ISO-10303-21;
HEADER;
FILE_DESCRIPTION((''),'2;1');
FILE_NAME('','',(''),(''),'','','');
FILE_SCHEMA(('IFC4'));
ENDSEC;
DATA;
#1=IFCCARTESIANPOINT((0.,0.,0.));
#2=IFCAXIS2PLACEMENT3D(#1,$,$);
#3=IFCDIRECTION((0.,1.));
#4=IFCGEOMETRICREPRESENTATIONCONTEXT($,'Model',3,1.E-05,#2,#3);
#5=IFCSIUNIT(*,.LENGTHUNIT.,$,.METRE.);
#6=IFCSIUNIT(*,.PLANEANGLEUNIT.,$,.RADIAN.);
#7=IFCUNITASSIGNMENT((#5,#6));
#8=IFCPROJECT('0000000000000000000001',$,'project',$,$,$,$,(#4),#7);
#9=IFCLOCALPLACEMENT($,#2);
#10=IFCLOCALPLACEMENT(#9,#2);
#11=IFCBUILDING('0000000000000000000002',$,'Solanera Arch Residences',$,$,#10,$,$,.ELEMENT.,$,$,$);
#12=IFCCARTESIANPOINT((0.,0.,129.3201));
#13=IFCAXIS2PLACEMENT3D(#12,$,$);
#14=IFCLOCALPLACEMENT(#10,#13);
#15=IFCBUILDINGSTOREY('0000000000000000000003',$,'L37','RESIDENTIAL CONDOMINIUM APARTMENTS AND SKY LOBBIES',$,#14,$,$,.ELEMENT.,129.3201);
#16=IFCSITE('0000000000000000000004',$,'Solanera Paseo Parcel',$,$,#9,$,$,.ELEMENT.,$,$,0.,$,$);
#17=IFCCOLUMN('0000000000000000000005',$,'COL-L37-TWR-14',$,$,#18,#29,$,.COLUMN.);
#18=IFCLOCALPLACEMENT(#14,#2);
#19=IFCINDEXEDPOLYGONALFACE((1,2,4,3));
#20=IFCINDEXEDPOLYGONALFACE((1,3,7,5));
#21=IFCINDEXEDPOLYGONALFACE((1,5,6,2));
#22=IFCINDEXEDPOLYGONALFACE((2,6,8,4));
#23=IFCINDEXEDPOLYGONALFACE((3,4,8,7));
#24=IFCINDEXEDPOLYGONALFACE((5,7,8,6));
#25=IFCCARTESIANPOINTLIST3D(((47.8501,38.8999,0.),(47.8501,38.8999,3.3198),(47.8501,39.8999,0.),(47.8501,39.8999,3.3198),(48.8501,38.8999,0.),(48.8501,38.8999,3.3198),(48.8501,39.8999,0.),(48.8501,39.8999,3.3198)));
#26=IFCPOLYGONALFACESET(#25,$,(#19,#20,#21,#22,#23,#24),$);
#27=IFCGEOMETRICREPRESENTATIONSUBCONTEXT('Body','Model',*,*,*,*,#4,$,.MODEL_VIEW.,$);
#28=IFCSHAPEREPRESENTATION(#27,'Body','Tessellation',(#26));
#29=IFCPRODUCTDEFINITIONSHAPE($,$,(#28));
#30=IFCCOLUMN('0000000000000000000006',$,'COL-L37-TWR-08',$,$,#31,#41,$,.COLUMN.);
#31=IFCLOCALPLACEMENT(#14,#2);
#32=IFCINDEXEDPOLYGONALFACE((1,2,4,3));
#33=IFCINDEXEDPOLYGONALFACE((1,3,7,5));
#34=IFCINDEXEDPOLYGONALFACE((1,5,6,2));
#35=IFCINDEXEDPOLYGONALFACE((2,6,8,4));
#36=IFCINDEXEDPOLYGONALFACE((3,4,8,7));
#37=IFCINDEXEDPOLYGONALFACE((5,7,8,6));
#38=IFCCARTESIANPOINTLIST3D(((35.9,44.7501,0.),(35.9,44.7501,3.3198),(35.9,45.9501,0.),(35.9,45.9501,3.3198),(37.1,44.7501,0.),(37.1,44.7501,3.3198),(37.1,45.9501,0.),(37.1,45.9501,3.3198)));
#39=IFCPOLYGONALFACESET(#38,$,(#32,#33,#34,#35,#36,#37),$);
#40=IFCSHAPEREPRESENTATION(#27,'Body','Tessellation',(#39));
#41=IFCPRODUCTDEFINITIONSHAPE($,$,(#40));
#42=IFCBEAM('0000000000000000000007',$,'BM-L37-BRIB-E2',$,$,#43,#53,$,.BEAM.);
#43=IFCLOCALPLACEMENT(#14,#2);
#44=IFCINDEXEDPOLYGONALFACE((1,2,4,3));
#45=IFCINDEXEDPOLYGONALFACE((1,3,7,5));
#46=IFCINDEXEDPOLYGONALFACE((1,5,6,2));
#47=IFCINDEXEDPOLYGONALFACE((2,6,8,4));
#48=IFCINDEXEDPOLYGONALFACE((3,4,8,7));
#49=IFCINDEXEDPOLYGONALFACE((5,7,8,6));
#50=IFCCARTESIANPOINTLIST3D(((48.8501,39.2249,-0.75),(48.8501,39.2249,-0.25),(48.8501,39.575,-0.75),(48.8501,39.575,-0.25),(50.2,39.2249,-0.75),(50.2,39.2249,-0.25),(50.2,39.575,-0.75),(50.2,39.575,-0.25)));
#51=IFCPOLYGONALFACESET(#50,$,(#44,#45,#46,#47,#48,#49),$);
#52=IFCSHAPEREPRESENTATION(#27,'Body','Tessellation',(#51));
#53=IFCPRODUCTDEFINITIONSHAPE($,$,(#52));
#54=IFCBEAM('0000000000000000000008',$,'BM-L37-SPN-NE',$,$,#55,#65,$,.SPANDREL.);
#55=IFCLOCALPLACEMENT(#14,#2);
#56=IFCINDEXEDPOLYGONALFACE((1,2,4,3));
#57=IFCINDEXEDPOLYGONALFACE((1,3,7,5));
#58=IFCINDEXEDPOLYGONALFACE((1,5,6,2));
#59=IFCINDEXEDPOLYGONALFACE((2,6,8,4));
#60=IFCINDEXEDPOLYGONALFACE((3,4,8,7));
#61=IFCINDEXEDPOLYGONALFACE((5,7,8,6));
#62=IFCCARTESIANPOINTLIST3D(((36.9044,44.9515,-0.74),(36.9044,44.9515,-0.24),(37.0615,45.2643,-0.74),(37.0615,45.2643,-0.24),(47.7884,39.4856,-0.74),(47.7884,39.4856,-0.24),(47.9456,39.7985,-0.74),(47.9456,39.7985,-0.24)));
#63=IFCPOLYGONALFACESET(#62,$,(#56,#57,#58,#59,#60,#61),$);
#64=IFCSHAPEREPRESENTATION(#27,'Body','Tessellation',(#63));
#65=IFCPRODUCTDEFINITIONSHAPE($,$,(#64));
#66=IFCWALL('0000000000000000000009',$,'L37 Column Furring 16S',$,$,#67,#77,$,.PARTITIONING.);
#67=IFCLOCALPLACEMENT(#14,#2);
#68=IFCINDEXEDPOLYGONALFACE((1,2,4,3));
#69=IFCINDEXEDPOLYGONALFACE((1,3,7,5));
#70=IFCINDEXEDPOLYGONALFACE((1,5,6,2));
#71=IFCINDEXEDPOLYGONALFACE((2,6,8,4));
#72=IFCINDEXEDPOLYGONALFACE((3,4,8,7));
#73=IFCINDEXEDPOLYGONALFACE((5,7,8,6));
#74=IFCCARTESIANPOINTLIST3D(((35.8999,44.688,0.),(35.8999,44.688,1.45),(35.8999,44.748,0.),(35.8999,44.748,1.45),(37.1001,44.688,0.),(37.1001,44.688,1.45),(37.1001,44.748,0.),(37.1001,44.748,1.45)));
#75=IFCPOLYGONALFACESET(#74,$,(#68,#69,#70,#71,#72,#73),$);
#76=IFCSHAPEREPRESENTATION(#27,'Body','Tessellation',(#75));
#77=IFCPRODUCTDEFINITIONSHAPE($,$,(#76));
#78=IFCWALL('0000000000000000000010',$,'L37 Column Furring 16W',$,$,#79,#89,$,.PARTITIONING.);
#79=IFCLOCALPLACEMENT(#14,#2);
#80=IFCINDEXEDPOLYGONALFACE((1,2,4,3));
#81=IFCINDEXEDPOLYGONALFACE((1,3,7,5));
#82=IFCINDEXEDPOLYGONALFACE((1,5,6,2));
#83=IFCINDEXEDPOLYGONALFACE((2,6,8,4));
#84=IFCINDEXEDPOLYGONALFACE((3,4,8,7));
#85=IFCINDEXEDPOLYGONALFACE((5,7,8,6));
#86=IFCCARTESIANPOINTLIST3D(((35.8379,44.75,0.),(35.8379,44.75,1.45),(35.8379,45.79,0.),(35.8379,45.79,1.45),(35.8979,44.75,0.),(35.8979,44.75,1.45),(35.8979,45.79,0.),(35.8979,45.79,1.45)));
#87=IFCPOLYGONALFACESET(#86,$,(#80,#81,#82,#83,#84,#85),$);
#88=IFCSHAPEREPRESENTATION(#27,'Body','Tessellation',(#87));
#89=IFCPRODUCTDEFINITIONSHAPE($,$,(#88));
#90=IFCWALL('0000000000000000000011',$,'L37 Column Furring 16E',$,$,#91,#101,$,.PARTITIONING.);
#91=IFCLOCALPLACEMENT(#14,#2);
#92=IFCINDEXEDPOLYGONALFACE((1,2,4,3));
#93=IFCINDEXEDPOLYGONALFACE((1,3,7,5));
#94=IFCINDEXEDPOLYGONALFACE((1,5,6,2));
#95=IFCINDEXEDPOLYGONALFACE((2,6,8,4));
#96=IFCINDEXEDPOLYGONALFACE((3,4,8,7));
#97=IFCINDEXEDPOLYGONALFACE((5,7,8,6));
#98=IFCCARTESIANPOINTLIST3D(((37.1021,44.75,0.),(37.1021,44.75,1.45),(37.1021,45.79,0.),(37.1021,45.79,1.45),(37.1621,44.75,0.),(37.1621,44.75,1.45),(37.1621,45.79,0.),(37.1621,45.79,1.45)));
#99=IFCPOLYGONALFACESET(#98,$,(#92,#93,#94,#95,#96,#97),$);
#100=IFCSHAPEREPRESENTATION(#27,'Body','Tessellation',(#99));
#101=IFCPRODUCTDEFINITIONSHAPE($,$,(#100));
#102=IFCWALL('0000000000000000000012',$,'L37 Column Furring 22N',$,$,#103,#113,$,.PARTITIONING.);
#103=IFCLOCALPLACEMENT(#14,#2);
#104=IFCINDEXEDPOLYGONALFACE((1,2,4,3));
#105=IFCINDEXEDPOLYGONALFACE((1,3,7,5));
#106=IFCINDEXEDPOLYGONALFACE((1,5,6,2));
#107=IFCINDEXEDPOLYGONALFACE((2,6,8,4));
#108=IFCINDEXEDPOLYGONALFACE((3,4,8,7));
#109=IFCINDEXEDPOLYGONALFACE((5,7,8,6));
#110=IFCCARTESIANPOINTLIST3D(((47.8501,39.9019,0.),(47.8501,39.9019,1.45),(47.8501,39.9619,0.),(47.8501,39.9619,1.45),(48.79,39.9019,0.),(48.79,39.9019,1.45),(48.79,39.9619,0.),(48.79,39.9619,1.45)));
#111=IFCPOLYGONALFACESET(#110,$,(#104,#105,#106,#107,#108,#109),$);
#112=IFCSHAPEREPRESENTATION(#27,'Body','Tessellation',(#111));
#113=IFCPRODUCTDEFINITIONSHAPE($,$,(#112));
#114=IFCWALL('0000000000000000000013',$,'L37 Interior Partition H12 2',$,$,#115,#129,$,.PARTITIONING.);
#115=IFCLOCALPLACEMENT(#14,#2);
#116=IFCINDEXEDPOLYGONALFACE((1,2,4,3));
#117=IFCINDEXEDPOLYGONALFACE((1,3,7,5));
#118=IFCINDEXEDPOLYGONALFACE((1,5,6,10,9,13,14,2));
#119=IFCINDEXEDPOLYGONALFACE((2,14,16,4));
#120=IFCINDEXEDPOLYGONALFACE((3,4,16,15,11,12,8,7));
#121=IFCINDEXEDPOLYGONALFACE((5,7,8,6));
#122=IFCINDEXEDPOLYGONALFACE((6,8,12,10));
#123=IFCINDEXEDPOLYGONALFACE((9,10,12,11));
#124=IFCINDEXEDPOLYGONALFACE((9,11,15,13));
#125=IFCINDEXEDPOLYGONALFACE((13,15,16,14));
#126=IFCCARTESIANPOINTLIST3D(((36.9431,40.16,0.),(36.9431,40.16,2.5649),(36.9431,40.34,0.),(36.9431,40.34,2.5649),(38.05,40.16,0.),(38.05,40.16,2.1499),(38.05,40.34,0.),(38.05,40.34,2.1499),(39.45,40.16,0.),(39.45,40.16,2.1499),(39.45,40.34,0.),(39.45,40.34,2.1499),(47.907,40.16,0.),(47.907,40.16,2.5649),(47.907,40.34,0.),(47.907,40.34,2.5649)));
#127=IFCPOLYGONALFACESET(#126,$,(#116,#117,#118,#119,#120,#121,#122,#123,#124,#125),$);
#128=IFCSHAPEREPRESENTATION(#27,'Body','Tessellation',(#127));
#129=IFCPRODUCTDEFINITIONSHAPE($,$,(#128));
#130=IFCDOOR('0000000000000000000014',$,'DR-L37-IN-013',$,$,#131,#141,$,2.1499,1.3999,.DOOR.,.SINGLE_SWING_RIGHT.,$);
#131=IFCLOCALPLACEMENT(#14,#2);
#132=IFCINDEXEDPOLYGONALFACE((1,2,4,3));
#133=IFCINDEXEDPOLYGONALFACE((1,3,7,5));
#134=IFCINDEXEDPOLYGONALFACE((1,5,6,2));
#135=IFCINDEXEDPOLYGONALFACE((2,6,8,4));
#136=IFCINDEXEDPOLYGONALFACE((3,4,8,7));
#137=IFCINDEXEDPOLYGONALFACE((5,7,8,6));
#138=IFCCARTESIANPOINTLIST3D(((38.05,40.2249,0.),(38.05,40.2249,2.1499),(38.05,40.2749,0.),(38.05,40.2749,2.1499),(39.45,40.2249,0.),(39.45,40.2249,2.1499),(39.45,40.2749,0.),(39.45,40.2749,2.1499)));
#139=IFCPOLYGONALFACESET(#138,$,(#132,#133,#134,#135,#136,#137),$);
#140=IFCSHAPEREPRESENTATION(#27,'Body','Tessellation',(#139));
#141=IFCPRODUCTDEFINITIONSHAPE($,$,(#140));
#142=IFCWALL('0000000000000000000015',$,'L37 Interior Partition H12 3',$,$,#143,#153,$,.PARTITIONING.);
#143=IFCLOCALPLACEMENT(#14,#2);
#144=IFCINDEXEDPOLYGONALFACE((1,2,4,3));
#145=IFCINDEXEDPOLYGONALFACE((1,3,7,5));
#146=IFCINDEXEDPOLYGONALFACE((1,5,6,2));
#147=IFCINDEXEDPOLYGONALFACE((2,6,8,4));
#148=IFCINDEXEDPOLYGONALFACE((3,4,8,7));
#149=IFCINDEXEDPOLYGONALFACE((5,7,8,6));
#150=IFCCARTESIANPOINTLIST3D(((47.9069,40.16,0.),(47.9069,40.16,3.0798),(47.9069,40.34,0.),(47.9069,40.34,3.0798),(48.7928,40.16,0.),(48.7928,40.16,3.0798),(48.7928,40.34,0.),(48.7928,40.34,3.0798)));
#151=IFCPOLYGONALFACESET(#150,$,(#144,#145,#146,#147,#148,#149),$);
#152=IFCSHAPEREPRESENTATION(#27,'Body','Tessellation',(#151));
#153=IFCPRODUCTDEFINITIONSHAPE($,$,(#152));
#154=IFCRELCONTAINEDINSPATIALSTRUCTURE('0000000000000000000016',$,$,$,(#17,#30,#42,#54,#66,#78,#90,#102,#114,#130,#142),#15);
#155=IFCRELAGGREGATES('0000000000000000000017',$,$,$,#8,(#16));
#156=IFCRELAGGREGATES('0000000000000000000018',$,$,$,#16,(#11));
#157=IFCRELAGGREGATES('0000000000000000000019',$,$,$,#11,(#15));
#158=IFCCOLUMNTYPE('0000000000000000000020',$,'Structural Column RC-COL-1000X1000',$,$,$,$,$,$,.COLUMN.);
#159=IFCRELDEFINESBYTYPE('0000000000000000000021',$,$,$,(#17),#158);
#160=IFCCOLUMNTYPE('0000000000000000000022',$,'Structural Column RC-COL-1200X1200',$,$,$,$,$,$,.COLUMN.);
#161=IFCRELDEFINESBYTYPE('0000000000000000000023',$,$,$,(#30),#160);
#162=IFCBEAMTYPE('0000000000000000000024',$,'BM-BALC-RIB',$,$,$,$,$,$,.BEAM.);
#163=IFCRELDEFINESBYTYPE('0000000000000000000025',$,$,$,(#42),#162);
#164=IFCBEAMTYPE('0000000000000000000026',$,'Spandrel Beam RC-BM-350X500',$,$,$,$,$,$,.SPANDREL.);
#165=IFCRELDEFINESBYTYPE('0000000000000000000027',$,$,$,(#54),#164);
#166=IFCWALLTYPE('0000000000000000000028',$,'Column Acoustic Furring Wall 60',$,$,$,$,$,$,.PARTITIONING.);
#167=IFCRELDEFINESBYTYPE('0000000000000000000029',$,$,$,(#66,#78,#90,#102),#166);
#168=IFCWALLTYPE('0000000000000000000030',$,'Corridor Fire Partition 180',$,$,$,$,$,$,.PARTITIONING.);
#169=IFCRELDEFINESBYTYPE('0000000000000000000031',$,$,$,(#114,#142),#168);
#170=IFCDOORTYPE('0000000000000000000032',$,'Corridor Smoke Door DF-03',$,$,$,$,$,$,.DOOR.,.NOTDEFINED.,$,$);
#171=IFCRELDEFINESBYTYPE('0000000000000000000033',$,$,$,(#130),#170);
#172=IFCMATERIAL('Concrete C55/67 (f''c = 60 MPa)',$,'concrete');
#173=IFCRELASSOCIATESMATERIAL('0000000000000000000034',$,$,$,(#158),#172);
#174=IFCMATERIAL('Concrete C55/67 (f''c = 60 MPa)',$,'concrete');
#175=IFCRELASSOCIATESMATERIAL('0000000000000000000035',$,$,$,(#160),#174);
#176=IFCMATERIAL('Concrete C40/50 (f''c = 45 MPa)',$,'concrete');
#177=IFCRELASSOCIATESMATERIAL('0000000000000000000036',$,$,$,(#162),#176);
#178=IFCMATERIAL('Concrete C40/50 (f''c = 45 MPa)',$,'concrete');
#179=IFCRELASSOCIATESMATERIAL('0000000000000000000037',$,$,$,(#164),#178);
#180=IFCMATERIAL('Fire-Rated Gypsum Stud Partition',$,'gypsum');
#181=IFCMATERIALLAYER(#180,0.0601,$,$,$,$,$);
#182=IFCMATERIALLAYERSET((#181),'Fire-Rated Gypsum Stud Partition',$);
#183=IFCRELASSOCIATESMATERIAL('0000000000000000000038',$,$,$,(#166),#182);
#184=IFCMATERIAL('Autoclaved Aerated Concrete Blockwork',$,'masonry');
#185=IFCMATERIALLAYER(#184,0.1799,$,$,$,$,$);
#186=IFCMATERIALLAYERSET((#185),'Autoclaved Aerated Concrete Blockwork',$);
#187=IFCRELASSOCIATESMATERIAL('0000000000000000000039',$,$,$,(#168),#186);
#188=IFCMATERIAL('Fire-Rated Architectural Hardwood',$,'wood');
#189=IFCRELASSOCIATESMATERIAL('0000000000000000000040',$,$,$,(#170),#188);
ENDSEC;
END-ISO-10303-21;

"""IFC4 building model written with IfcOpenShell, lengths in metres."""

from ifc_helpers import new_model, si_unit, direction, frame, frame_2d, origin, origin_2d, place, context, subcontext, project, spatial, rectangle, extrude, material, layer, layer_set, material_profile, profile_set, type_object, element, fill, save


model = new_model("IFC4")

# Units and contexts
model_context = context("Model", 3, precision=1e-05, world=origin(), true_north=direction((0.0, 1.0)))
body_context = subcontext(model_context, "Body", "Model", "MODEL_VIEW")
ifc_project = project(units=[si_unit("LENGTHUNIT", "METRE"), si_unit("PLANEANGLEUNIT", "RADIAN")], contexts=[model_context])

# Site, building, storey
site_placement = place(None, origin())
site = spatial("IfcSite", under=ifc_project, at=site_placement, Name="Solanera Paseo Parcel", CompositionType="ELEMENT", RefElevation=0.0)
building_placement = place(site_placement, origin())
building = spatial("IfcBuilding", under=site, at=building_placement, Name="Solanera Arch Residences", CompositionType="ELEMENT")
storey_placement = place(building_placement, frame((0.0, 0.0, 129.3201)))
storey = spatial("IfcBuildingStorey", under=building, at=storey_placement, Name="L37", Description="RESIDENTIAL CONDOMINIUM APARTMENTS AND SKY LOBBIES", CompositionType="ELEMENT", Elevation=129.3201)

# Columns
ifc_material_1 = material(Name="Concrete C55/67 (f'c = 60 MPa)", Category="concrete")
ifc_material_profile_1 = material_profile(ifc_material_1, rectangle(XDim=1.0, YDim=1.0, at=origin_2d()))
ifc_profile_set_1 = profile_set([ifc_material_profile_1], Name="Concrete C55/67 (f'c = 60 MPa)")
column_type_1 = type_object("IfcColumnType", Name="Structural Column RC-COL-1000X1000", PredefinedType="COLUMN", material=ifc_profile_set_1)
column_1_placement = place(storey_placement, frame((48.3501, 39.3999, 0.0), z_axis=(0.0, 0.0, 1.0), x_axis=(1.0, 0.0, 0.0)))
element("IfcColumn", 1, at=column_1_placement, inside=storey, type_object=column_type_1, Name="COL-L37-TWR-14", PredefinedType="COLUMN", context=body_context, shape_type="SweptSolid", body=[
    extrude(rectangle(XDim=1.0, YDim=1.0, at=origin_2d()), origin(), (0.0, 0.0, 1.0), 3.3198),
])
ifc_material_2 = material(Name="Concrete C55/67 (f'c = 60 MPa)", Category="concrete")
ifc_material_profile_2 = material_profile(ifc_material_2, rectangle(XDim=1.2, YDim=1.2, at=origin_2d()))
ifc_profile_set_2 = profile_set([ifc_material_profile_2], Name="Concrete C55/67 (f'c = 60 MPa)")
column_type_2 = type_object("IfcColumnType", Name="Structural Column RC-COL-1200X1200", PredefinedType="COLUMN", material=ifc_profile_set_2)
column_2_placement = place(storey_placement, frame((36.5, 45.3501, 0.0), z_axis=(0.0, 0.0, 1.0), x_axis=(1.0, 0.0, 0.0)))
element("IfcColumn", 2, at=column_2_placement, inside=storey, type_object=column_type_2, Name="COL-L37-TWR-08", PredefinedType="COLUMN", context=body_context, shape_type="SweptSolid", body=[
    extrude(rectangle(XDim=1.2, YDim=1.2, at=origin_2d()), origin(), (0.0, 0.0, 1.0), 3.3198),
])

# Beams
ifc_material_3 = material(Name="Concrete C40/50 (f'c = 45 MPa)", Category="concrete")
ifc_material_profile_3 = material_profile(ifc_material_3, rectangle(XDim=0.3501, YDim=0.5, at=origin_2d()))
ifc_profile_set_3 = profile_set([ifc_material_profile_3], Name="Concrete C40/50 (f'c = 45 MPa)")
beam_type_1 = type_object("IfcBeamType", Name="BM-BALC-RIB", PredefinedType="BEAM", material=ifc_profile_set_3)
beam_1_placement = place(storey_placement, frame((48.8501, 39.3999, -0.5), z_axis=(1.0, 0.0, 0.0), x_axis=(0.0, 1.0, 0.0)))
element("IfcBeam", 3, at=beam_1_placement, inside=storey, type_object=beam_type_1, Name="BM-L37-BRIB-E2", PredefinedType="BEAM", context=body_context, shape_type="SweptSolid", body=[
    extrude(rectangle(XDim=0.3501, YDim=0.5, at=origin_2d()), origin(), (0.0, 0.0, 1.0), 1.3499),
])
ifc_material_4 = material(Name="Concrete C40/50 (f'c = 45 MPa)", Category="concrete")
ifc_material_profile_4 = material_profile(ifc_material_4, rectangle(XDim=0.3501, YDim=0.5, at=origin_2d()))
ifc_profile_set_4 = profile_set([ifc_material_profile_4], Name="Concrete C40/50 (f'c = 45 MPa)")
beam_type_2 = type_object("IfcBeamType", Name="Spandrel Beam RC-BM-350X500", PredefinedType="SPANDREL", material=ifc_profile_set_4)
beam_2_placement = place(storey_placement, frame((36.9829, 45.1079, -0.49), z_axis=(0.893644, -0.448776, 0.0), x_axis=(0.448776, 0.893644, 0.0)))
element("IfcBeam", 4, at=beam_2_placement, inside=storey, type_object=beam_type_2, Name="BM-L37-SPN-NE", PredefinedType="SPANDREL", context=body_context, shape_type="SweptSolid", body=[
    extrude(rectangle(XDim=0.3501, YDim=0.5, at=origin_2d()), origin(), (0.0, 0.0, 1.0), 12.1794),
])

# Walls
ifc_material_5 = material(Name="Fire-Rated Gypsum Stud Partition", Category="gypsum")
ifc_layer_1 = layer(ifc_material_5, 0.0601)
ifc_layer_set_1 = layer_set([ifc_layer_1], Name="Fire-Rated Gypsum Stud Partition")
wall_type_1 = type_object("IfcWallType", Name="Column Acoustic Furring Wall 60", PredefinedType="PARTITIONING", material=ifc_layer_set_1)
wall_1_placement = place(storey_placement, frame((35.8999, 44.718, 0.0), z_axis=(0.0, 0.0, 1.0), x_axis=(1.0, 0.0, 0.0)))
element("IfcWall", 5, at=wall_1_placement, inside=storey, type_object=wall_type_1, Name="L37 Column Furring 16S", PredefinedType="PARTITIONING", context=body_context, shape_type="SweptSolid", body=[
    extrude(rectangle(XDim=1.2002, YDim=0.0601, at=frame_2d((0.6001, 0.0))), origin(), (0.0, 0.0, 1.0), 1.45),
])
for number, where, z_axis, x_axis, name in (
    (6, (35.8679, 44.75, 0.0), (0.0, 0.0, 1.0), (0.0, 1.0, 0.0), "L37 Column Furring 16W"),
    (7, (37.1321, 44.75, 0.0), (0.0, 0.0, 1.0), (0.0, 1.0, 0.0), "L37 Column Furring 16E"),
):
    element("IfcWall", number, at=place(storey_placement, frame(where, z_axis=z_axis, x_axis=x_axis)), inside=storey, type_object=wall_type_1, Name=name, PredefinedType="PARTITIONING", context=body_context, shape_type="SweptSolid", body=[
        extrude(rectangle(XDim=1.04, YDim=0.0601, at=frame_2d((0.52, 0.0))), origin(), (0.0, 0.0, 1.0), 1.45),
    ])
wall_2_placement = place(storey_placement, frame((47.8501, 39.9319, 0.0), z_axis=(0.0, 0.0, 1.0), x_axis=(1.0, 0.0, 0.0)))
element("IfcWall", 8, at=wall_2_placement, inside=storey, type_object=wall_type_1, Name="L37 Column Furring 22N", PredefinedType="PARTITIONING", context=body_context, shape_type="SweptSolid", body=[
    extrude(rectangle(XDim=0.9399, YDim=0.0601, at=frame_2d((0.47, 0.0))), origin(), (0.0, 0.0, 1.0), 1.45),
])

# Wall, opening, door
ifc_material_6 = material(Name="Autoclaved Aerated Concrete Blockwork", Category="masonry")
ifc_layer_2 = layer(ifc_material_6, 0.1799)
ifc_layer_set_2 = layer_set([ifc_layer_2], Name="Autoclaved Aerated Concrete Blockwork")
wall_type_2 = type_object("IfcWallType", Name="Corridor Fire Partition 180", PredefinedType="PARTITIONING", material=ifc_layer_set_2)
wall_3_placement = place(storey_placement, frame((36.9431, 40.25, 0.0), z_axis=(0.0, 0.0, 1.0), x_axis=(1.0, 0.0, 0.0)))
wall_3 = element("IfcWall", 9, at=wall_3_placement, inside=storey, type_object=wall_type_2, Name="L37 Interior Partition H12 2", PredefinedType="PARTITIONING", context=body_context, shape_type="SweptSolid", body=[
    extrude(rectangle(XDim=10.9639, YDim=0.1799, at=frame_2d((5.4819, 0.0))), origin(), (0.0, 0.0, 1.0), 2.5649),
])
opening_1_placement = place(wall_3_placement, frame((1.1069, 0.0, 0.0)))
opening_1 = element("IfcOpeningElement", 10, at=opening_1_placement, cuts=wall_3, PredefinedType="OPENING", context=body_context, shape_type="SweptSolid", body=[
    extrude(rectangle(XDim=1.3999, YDim=2.1499, at=frame_2d((0.7, 1.075))), frame((0.0, 0.1001, 0.0), z_axis=(0.0, -1.0, 0.0), x_axis=(1.0, 0.0, 0.0)), (0.0, 0.0, 1.0), 0.1999),
])
ifc_material_7 = material(Name="Fire-Rated Architectural Hardwood", Category="wood")
door_type_1 = type_object("IfcDoorType", Name="Corridor Smoke Door DF-03", OperationType="NOTDEFINED", PredefinedType="DOOR", material=ifc_material_7)
door_1_placement = place(opening_1_placement, origin())
door_1 = element("IfcDoor", 11, at=door_1_placement, inside=storey, type_object=door_type_1, Name="DR-L37-IN-013", OperationType="SINGLE_SWING_RIGHT", OverallHeight=2.1499, OverallWidth=1.3999, PredefinedType="DOOR", context=body_context, shape_type="SweptSolid", body=[
    extrude(rectangle(XDim=1.3999, YDim=2.1499, at=frame_2d((0.7, 1.075))), frame((0.0, 0.0249, 0.0), z_axis=(0.0, -1.0, 0.0), x_axis=(1.0, 0.0, 0.0)), (0.0, 0.0, 1.0), 0.05),
])
fill(opening_1, door_1)

# Wall
wall_4_placement = place(storey_placement, frame((47.907, 40.25, 0.0), z_axis=(0.0, 0.0, 1.0), x_axis=(1.0, 0.0, 0.0)))
element("IfcWall", 12, at=wall_4_placement, inside=storey, type_object=wall_type_2, Name="L37 Interior Partition H12 3", PredefinedType="PARTITIONING", context=body_context, shape_type="SweptSolid", body=[
    extrude(rectangle(XDim=0.886, YDim=0.1799, at=frame_2d((0.4429, 0.0))), origin(), (0.0, 0.0, 1.0), 3.0798),
])

save(model, "model.ifc")
